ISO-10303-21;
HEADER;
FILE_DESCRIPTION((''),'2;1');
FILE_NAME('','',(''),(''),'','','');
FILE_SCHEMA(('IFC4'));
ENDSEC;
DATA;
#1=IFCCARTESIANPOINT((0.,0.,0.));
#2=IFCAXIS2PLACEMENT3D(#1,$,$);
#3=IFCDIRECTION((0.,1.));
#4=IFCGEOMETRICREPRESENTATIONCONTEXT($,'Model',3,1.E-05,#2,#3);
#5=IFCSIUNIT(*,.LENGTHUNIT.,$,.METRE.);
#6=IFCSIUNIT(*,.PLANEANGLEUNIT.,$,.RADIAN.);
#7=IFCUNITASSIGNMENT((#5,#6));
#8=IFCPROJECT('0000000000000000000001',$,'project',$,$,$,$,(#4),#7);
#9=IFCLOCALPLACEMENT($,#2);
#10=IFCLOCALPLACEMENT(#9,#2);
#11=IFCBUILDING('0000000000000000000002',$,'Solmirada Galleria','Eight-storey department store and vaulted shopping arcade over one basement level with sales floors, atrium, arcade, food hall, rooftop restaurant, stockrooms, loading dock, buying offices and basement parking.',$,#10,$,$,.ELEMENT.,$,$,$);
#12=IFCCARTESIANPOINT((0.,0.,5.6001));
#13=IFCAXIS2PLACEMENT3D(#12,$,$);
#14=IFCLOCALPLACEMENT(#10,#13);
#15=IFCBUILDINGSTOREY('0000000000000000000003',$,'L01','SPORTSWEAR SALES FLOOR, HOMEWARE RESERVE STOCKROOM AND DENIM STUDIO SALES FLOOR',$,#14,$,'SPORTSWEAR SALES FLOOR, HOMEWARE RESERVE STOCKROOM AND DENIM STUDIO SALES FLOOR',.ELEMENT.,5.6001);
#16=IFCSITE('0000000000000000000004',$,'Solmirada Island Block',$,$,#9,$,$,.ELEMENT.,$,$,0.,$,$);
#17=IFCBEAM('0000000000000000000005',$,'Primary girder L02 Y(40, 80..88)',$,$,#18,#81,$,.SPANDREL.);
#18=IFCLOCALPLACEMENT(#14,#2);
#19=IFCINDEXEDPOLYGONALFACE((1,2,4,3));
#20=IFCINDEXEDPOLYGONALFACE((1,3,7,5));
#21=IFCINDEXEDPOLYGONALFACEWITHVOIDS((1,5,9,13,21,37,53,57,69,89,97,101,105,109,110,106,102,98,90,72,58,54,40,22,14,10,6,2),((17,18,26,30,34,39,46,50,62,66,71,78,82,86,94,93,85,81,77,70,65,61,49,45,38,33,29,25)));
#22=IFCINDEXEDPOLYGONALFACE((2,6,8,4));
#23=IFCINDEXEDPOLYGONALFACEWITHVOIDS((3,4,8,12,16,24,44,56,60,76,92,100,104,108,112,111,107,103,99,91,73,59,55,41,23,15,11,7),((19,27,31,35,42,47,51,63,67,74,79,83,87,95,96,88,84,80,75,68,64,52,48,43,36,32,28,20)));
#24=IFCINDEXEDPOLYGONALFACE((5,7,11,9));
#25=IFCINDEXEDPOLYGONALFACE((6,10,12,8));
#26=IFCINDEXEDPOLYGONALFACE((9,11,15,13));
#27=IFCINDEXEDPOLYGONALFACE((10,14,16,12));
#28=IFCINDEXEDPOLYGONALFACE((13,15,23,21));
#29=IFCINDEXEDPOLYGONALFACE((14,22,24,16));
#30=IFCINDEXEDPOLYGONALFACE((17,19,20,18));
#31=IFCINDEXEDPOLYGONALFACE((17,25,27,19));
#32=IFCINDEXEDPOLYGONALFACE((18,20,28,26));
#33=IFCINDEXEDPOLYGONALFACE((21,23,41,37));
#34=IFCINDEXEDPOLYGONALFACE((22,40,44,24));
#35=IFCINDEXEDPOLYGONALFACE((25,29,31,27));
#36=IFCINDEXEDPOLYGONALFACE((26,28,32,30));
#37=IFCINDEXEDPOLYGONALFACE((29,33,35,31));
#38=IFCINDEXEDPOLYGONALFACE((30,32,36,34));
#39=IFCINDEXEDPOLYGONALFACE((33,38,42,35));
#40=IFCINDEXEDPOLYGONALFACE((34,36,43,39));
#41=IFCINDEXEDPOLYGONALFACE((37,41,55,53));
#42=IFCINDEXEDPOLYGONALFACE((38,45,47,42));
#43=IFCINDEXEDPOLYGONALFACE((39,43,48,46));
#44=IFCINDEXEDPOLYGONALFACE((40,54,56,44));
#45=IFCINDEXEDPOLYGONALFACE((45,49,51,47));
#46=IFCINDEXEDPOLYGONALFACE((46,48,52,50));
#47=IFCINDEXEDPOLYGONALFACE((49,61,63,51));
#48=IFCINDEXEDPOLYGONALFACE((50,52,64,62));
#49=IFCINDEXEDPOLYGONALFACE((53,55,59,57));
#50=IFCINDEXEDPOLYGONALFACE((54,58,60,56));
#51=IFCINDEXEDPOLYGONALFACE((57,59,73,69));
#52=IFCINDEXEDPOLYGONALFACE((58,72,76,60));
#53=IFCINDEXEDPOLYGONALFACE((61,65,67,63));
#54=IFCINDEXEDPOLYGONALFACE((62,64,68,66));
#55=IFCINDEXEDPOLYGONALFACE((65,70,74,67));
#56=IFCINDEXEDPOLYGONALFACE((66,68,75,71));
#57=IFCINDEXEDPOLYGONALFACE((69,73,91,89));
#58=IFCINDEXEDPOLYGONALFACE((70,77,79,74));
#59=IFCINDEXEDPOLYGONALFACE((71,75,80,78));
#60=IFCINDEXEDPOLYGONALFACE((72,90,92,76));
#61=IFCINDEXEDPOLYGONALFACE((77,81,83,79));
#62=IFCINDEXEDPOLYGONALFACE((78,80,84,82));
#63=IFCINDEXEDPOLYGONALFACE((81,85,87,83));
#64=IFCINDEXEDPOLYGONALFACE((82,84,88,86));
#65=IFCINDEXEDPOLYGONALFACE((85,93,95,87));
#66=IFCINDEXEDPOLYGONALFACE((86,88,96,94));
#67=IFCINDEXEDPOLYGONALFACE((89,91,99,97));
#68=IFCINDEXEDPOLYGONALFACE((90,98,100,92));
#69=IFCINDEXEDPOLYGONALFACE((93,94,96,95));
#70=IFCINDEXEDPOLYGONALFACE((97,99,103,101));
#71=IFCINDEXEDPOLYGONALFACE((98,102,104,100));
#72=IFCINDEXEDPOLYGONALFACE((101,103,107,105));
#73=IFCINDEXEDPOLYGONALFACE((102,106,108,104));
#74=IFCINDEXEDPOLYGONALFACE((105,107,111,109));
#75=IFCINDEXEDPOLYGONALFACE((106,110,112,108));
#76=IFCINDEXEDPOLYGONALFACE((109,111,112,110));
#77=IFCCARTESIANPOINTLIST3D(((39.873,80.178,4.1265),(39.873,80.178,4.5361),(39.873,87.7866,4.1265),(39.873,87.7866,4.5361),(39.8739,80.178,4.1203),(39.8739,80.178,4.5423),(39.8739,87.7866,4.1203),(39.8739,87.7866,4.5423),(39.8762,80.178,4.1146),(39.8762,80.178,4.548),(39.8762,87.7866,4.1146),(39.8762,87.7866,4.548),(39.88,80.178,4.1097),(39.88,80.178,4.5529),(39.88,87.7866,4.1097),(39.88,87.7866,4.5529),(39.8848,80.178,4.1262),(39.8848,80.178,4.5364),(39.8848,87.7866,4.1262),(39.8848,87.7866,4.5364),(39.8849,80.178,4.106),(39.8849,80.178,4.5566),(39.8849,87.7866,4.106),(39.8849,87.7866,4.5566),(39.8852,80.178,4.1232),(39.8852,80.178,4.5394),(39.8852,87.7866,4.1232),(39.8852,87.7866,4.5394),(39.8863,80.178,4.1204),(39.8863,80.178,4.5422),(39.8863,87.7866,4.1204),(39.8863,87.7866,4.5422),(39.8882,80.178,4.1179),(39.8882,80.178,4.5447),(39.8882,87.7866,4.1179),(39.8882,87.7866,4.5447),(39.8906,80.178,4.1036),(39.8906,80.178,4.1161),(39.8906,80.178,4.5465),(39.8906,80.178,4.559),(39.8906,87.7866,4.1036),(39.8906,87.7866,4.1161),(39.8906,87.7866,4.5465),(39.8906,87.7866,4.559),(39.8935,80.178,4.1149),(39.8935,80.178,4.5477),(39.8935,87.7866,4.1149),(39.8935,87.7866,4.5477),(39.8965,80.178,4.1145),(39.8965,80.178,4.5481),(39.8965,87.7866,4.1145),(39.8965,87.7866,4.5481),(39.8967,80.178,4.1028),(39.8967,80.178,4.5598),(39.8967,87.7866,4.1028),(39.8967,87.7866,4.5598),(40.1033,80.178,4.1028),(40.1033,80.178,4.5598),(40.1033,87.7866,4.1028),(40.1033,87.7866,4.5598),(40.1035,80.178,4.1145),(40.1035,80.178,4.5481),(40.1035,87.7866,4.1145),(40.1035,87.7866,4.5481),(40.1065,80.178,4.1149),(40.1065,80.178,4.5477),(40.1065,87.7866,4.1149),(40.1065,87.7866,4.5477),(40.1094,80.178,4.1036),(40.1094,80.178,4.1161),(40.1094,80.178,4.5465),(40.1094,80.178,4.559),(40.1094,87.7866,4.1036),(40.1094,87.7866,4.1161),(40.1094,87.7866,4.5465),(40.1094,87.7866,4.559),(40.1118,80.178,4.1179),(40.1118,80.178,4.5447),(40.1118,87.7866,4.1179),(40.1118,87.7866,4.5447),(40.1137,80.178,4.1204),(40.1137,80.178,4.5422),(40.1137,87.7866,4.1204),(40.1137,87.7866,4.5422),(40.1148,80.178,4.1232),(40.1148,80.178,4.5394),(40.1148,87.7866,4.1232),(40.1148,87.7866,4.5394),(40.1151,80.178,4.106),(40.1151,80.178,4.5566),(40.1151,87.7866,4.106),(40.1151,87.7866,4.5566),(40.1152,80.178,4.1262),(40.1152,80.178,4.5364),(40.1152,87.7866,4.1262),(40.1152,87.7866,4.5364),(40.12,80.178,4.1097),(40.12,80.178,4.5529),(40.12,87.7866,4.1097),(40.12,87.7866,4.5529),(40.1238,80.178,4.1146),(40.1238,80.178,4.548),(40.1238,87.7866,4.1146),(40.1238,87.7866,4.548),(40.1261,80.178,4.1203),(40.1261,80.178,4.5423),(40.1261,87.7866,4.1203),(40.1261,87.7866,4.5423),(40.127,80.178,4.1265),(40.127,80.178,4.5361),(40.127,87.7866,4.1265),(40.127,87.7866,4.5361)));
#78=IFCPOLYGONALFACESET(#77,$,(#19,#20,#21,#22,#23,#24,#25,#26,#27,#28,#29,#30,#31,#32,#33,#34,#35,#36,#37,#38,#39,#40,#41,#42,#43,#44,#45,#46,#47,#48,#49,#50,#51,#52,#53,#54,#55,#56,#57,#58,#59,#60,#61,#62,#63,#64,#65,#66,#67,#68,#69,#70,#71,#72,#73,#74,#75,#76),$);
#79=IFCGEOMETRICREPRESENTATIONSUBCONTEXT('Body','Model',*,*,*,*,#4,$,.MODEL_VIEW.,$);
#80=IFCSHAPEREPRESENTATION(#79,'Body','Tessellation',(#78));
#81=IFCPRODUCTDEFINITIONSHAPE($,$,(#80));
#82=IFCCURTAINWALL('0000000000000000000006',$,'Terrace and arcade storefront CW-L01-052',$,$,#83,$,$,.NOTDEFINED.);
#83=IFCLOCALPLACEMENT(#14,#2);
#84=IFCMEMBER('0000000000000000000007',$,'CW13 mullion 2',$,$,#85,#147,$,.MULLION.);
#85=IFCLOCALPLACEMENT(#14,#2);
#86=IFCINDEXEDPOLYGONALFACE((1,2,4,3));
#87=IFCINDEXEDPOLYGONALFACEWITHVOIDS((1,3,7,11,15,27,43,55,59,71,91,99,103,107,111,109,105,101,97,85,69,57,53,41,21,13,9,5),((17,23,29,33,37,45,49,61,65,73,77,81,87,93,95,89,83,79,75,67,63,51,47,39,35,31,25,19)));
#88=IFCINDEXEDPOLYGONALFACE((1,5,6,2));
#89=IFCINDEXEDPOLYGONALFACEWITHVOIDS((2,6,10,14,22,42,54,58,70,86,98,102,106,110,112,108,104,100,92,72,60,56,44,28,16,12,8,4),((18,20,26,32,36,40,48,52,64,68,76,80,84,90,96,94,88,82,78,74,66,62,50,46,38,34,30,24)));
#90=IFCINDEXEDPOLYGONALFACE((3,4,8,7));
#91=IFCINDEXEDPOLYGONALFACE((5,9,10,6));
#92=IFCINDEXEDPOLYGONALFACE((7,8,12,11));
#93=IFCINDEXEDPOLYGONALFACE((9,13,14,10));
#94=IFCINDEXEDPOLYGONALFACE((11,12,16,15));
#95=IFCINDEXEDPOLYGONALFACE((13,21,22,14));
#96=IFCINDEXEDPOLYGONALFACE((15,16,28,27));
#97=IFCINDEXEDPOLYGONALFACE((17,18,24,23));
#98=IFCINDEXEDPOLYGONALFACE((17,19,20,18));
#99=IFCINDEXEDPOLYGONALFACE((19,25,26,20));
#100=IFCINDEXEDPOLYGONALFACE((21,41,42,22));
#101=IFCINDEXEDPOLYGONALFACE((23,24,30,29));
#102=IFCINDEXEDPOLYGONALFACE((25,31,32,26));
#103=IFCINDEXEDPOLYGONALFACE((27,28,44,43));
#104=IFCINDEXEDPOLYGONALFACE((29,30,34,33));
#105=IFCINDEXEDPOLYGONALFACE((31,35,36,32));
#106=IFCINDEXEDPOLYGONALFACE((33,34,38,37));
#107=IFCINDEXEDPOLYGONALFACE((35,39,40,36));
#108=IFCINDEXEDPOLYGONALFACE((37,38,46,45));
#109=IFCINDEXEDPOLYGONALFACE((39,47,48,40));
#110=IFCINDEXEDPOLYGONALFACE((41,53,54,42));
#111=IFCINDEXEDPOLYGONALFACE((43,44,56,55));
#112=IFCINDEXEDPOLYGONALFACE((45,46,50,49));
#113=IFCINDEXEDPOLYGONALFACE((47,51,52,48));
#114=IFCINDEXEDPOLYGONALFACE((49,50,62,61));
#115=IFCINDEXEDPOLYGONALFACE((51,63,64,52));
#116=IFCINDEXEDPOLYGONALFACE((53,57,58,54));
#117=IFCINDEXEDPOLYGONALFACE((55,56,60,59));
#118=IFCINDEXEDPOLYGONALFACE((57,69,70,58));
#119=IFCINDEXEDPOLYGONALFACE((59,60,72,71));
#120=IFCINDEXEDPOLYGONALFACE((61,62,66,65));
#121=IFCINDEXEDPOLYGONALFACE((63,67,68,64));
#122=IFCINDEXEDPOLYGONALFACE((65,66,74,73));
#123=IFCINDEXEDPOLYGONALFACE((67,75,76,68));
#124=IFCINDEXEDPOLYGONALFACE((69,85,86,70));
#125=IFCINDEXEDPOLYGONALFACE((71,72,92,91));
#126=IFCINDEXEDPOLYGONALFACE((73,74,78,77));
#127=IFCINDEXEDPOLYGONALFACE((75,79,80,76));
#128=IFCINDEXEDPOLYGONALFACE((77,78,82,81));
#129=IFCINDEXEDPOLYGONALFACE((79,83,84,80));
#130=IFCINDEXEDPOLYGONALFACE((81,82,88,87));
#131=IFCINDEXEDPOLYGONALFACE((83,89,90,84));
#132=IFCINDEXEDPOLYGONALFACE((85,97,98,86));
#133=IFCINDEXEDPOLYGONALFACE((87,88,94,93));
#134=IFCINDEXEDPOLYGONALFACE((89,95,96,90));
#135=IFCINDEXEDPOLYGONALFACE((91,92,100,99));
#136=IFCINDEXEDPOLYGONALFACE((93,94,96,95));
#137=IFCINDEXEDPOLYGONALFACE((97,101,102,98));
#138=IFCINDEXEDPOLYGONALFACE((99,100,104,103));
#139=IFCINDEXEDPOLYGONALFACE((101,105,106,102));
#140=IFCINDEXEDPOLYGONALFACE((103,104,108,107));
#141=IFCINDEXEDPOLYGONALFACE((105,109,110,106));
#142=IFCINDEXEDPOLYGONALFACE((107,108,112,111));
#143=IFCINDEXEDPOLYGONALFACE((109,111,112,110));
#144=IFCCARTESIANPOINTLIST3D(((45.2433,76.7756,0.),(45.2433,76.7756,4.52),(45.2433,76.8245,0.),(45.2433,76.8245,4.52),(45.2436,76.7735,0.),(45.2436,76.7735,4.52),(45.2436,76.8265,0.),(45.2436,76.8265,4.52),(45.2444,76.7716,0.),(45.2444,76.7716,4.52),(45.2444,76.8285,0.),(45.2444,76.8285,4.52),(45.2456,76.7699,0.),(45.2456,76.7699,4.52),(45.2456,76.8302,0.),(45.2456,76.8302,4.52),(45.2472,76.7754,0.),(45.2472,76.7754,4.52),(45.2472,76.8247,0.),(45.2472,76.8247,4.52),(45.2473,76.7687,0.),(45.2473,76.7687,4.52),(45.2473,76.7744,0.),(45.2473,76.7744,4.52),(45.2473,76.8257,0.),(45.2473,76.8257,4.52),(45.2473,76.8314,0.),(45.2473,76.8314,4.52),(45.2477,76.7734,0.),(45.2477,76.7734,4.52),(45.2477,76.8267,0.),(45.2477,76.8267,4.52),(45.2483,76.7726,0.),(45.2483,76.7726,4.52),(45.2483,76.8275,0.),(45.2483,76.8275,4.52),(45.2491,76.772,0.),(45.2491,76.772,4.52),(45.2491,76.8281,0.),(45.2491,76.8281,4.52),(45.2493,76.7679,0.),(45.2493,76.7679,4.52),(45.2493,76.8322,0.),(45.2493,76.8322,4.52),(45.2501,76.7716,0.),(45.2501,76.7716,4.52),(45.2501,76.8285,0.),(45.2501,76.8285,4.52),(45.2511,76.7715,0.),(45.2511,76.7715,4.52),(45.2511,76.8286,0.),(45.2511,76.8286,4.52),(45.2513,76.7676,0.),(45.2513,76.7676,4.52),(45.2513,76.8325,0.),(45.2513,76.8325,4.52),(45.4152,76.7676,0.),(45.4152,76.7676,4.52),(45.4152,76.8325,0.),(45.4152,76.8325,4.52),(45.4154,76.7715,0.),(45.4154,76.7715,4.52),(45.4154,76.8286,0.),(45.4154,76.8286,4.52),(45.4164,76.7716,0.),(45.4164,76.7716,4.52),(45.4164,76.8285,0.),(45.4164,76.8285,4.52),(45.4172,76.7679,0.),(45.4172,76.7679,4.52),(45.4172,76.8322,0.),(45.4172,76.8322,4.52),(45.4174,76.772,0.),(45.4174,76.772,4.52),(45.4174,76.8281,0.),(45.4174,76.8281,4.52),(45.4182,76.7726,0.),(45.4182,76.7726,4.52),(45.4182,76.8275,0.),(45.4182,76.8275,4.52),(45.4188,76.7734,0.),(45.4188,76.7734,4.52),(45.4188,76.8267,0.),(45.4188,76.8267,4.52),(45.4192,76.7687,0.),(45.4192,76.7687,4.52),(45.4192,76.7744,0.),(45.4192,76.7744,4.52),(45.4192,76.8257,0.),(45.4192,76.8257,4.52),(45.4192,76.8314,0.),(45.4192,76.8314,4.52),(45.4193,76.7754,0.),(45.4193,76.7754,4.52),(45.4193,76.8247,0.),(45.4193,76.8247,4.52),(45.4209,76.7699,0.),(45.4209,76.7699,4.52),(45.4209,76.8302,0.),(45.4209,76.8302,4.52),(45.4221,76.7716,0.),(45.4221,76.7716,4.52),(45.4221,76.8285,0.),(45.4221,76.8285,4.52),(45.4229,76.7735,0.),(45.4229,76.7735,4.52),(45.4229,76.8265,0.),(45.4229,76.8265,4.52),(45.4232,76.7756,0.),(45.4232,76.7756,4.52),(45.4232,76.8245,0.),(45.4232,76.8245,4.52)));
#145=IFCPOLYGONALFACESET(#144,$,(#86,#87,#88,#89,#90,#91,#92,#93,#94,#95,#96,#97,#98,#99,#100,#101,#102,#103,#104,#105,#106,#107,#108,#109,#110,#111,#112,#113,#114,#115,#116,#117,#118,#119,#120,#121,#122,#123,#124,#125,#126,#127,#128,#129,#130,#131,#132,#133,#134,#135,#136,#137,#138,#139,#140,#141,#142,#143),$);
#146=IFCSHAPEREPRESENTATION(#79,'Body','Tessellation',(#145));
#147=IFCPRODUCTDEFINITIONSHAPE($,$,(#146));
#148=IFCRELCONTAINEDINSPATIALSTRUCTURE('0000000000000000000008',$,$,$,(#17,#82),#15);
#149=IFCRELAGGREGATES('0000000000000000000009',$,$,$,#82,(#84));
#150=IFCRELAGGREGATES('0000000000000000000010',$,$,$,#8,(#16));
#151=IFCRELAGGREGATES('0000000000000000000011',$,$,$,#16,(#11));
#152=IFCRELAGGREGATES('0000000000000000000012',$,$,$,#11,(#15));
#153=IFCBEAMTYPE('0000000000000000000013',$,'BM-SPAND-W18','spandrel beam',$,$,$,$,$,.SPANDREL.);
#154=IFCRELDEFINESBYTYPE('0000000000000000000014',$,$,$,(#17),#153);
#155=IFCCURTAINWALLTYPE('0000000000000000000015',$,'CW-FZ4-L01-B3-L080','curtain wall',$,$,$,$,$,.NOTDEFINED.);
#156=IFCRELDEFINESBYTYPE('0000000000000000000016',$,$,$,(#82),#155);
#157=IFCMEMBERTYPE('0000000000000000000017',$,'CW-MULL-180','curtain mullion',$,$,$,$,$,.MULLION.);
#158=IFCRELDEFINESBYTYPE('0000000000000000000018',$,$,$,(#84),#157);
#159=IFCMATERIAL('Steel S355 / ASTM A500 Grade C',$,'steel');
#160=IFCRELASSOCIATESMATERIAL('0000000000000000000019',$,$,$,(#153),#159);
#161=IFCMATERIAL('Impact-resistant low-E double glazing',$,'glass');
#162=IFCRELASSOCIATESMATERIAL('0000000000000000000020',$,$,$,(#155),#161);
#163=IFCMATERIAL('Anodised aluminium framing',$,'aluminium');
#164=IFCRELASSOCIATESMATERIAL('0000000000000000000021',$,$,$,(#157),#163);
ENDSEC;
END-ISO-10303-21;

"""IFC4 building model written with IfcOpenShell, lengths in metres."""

from ifc_helpers import new_model, si_unit, direction, frame, origin, origin_2d, place, context, subcontext, project, spatial, hollow_rectangle, extrude, material, material_profile, profile_set, type_object, element, aggregate, save


model = new_model("IFC4")

# Units and contexts
model_context = context("Model", 3, precision=1e-05, world=origin(), true_north=direction((0.0, 1.0)))
body_context = subcontext(model_context, "Body", "Model", "MODEL_VIEW")
ifc_project = project(units=[si_unit("LENGTHUNIT", "METRE"), si_unit("PLANEANGLEUNIT", "RADIAN")], contexts=[model_context])

# Site, building, storey
site_placement = place(None, origin())
site = spatial("IfcSite", under=ifc_project, at=site_placement, Name="Solmirada Island Block", CompositionType="ELEMENT", RefElevation=0.0)
building_placement = place(site_placement, origin())
building = spatial("IfcBuilding", under=site, at=building_placement, Name="Solmirada Galleria", Description="Eight-storey department store and vaulted shopping arcade over one basement level with sales floors, atrium, arcade, food hall, rooftop restaurant, stockrooms, loading dock, buying offices and basement parking.", CompositionType="ELEMENT")
storey_placement = place(building_placement, frame((0.0, 0.0, 5.6001)))
storey = spatial("IfcBuildingStorey", under=building, at=storey_placement, Name="L01", Description="SPORTSWEAR SALES FLOOR, HOMEWARE RESERVE STOCKROOM AND DENIM STUDIO SALES FLOOR", LongName="SPORTSWEAR SALES FLOOR, HOMEWARE RESERVE STOCKROOM AND DENIM STUDIO SALES FLOOR", CompositionType="ELEMENT", Elevation=5.6001)

# Shared definitions
ifc_material_1 = material(Name="Steel S355 / ASTM A500 Grade C", Category="steel")

# Beam
ifc_material_profile_1 = material_profile(ifc_material_1, hollow_rectangle(XDim=0.2539, YDim=0.457, WallThickness=0.0117, InnerFilletRadius=0.0117, OuterFilletRadius=0.0237, at=origin_2d()), Name="HSS18X10X1/2")
ifc_profile_set_1 = profile_set([ifc_material_profile_1], Name="Steel S355 / ASTM A500 Grade C")
beam_type_1 = type_object("IfcBeamType", Name="BM-SPAND-W18", Description="spandrel beam", PredefinedType="SPANDREL", material=ifc_profile_set_1)
beam_1_placement = place(storey_placement, frame((40.0, 80.178, 4.3313), z_axis=(0.0, 1.0, 0.0), x_axis=(-1.0, 0.0, 0.0)))
element("IfcBeam", 1, at=beam_1_placement, inside=storey, type_object=beam_type_1, Name="Primary girder L02 Y(40, 80..88)", PredefinedType="SPANDREL", context=body_context, shape_type="SweptSolid", body=[
    extrude(hollow_rectangle(XDim=0.2539, YDim=0.457, WallThickness=0.0117, InnerFilletRadius=0.0117, OuterFilletRadius=0.0237, at=origin_2d()), origin(), (0.0, 0.0, 1.0), 7.6086),
])

# Curtain wall, member
ifc_material_2 = material(Name="Impact-resistant low-E double glazing", Category="glass")
curtain_wall_type = type_object("IfcCurtainWallType", Name="CW-FZ4-L01-B3-L080", Description="curtain wall", PredefinedType="NOTDEFINED", material=ifc_material_2)
curtain_wall_placement = place(storey_placement, origin())
curtain_wall = element("IfcCurtainWall", 2, at=curtain_wall_placement, inside=storey, type_object=curtain_wall_type, Name="Terrace and arcade storefront CW-L01-052", PredefinedType="NOTDEFINED")
ifc_material_3 = material(Name="Anodised aluminium framing", Category="aluminium")
ifc_material_profile_2 = material_profile(ifc_material_3, hollow_rectangle(XDim=0.0649, YDim=0.1799, WallThickness=0.0039, InnerFilletRadius=0.0039, OuterFilletRadius=0.0081, at=origin_2d()), Name="ALU-MULL-180X65")
ifc_profile_set_2 = profile_set([ifc_material_profile_2], Name="Anodised aluminium framing")
member_type_1 = type_object("IfcMemberType", Name="CW-MULL-180", Description="curtain mullion", PredefinedType="MULLION", material=ifc_profile_set_2)
member_1_placement = place(storey_placement, frame((45.3333, 76.8, 0.0), z_axis=(0.0, 0.0, 1.0), x_axis=(0.0, -1.0, 0.0)))
member_1 = element("IfcMember", 3, at=member_1_placement, type_object=member_type_1, Name="CW13 mullion 2", PredefinedType="MULLION", context=body_context, shape_type="SweptSolid", body=[
    extrude(hollow_rectangle(XDim=0.0649, YDim=0.1799, WallThickness=0.0039, InnerFilletRadius=0.0039, OuterFilletRadius=0.0081, at=origin_2d()), origin(), (0.0, 0.0, 1.0), 4.52),
])
aggregate(curtain_wall, [member_1])

save(model, "model.ifc")
